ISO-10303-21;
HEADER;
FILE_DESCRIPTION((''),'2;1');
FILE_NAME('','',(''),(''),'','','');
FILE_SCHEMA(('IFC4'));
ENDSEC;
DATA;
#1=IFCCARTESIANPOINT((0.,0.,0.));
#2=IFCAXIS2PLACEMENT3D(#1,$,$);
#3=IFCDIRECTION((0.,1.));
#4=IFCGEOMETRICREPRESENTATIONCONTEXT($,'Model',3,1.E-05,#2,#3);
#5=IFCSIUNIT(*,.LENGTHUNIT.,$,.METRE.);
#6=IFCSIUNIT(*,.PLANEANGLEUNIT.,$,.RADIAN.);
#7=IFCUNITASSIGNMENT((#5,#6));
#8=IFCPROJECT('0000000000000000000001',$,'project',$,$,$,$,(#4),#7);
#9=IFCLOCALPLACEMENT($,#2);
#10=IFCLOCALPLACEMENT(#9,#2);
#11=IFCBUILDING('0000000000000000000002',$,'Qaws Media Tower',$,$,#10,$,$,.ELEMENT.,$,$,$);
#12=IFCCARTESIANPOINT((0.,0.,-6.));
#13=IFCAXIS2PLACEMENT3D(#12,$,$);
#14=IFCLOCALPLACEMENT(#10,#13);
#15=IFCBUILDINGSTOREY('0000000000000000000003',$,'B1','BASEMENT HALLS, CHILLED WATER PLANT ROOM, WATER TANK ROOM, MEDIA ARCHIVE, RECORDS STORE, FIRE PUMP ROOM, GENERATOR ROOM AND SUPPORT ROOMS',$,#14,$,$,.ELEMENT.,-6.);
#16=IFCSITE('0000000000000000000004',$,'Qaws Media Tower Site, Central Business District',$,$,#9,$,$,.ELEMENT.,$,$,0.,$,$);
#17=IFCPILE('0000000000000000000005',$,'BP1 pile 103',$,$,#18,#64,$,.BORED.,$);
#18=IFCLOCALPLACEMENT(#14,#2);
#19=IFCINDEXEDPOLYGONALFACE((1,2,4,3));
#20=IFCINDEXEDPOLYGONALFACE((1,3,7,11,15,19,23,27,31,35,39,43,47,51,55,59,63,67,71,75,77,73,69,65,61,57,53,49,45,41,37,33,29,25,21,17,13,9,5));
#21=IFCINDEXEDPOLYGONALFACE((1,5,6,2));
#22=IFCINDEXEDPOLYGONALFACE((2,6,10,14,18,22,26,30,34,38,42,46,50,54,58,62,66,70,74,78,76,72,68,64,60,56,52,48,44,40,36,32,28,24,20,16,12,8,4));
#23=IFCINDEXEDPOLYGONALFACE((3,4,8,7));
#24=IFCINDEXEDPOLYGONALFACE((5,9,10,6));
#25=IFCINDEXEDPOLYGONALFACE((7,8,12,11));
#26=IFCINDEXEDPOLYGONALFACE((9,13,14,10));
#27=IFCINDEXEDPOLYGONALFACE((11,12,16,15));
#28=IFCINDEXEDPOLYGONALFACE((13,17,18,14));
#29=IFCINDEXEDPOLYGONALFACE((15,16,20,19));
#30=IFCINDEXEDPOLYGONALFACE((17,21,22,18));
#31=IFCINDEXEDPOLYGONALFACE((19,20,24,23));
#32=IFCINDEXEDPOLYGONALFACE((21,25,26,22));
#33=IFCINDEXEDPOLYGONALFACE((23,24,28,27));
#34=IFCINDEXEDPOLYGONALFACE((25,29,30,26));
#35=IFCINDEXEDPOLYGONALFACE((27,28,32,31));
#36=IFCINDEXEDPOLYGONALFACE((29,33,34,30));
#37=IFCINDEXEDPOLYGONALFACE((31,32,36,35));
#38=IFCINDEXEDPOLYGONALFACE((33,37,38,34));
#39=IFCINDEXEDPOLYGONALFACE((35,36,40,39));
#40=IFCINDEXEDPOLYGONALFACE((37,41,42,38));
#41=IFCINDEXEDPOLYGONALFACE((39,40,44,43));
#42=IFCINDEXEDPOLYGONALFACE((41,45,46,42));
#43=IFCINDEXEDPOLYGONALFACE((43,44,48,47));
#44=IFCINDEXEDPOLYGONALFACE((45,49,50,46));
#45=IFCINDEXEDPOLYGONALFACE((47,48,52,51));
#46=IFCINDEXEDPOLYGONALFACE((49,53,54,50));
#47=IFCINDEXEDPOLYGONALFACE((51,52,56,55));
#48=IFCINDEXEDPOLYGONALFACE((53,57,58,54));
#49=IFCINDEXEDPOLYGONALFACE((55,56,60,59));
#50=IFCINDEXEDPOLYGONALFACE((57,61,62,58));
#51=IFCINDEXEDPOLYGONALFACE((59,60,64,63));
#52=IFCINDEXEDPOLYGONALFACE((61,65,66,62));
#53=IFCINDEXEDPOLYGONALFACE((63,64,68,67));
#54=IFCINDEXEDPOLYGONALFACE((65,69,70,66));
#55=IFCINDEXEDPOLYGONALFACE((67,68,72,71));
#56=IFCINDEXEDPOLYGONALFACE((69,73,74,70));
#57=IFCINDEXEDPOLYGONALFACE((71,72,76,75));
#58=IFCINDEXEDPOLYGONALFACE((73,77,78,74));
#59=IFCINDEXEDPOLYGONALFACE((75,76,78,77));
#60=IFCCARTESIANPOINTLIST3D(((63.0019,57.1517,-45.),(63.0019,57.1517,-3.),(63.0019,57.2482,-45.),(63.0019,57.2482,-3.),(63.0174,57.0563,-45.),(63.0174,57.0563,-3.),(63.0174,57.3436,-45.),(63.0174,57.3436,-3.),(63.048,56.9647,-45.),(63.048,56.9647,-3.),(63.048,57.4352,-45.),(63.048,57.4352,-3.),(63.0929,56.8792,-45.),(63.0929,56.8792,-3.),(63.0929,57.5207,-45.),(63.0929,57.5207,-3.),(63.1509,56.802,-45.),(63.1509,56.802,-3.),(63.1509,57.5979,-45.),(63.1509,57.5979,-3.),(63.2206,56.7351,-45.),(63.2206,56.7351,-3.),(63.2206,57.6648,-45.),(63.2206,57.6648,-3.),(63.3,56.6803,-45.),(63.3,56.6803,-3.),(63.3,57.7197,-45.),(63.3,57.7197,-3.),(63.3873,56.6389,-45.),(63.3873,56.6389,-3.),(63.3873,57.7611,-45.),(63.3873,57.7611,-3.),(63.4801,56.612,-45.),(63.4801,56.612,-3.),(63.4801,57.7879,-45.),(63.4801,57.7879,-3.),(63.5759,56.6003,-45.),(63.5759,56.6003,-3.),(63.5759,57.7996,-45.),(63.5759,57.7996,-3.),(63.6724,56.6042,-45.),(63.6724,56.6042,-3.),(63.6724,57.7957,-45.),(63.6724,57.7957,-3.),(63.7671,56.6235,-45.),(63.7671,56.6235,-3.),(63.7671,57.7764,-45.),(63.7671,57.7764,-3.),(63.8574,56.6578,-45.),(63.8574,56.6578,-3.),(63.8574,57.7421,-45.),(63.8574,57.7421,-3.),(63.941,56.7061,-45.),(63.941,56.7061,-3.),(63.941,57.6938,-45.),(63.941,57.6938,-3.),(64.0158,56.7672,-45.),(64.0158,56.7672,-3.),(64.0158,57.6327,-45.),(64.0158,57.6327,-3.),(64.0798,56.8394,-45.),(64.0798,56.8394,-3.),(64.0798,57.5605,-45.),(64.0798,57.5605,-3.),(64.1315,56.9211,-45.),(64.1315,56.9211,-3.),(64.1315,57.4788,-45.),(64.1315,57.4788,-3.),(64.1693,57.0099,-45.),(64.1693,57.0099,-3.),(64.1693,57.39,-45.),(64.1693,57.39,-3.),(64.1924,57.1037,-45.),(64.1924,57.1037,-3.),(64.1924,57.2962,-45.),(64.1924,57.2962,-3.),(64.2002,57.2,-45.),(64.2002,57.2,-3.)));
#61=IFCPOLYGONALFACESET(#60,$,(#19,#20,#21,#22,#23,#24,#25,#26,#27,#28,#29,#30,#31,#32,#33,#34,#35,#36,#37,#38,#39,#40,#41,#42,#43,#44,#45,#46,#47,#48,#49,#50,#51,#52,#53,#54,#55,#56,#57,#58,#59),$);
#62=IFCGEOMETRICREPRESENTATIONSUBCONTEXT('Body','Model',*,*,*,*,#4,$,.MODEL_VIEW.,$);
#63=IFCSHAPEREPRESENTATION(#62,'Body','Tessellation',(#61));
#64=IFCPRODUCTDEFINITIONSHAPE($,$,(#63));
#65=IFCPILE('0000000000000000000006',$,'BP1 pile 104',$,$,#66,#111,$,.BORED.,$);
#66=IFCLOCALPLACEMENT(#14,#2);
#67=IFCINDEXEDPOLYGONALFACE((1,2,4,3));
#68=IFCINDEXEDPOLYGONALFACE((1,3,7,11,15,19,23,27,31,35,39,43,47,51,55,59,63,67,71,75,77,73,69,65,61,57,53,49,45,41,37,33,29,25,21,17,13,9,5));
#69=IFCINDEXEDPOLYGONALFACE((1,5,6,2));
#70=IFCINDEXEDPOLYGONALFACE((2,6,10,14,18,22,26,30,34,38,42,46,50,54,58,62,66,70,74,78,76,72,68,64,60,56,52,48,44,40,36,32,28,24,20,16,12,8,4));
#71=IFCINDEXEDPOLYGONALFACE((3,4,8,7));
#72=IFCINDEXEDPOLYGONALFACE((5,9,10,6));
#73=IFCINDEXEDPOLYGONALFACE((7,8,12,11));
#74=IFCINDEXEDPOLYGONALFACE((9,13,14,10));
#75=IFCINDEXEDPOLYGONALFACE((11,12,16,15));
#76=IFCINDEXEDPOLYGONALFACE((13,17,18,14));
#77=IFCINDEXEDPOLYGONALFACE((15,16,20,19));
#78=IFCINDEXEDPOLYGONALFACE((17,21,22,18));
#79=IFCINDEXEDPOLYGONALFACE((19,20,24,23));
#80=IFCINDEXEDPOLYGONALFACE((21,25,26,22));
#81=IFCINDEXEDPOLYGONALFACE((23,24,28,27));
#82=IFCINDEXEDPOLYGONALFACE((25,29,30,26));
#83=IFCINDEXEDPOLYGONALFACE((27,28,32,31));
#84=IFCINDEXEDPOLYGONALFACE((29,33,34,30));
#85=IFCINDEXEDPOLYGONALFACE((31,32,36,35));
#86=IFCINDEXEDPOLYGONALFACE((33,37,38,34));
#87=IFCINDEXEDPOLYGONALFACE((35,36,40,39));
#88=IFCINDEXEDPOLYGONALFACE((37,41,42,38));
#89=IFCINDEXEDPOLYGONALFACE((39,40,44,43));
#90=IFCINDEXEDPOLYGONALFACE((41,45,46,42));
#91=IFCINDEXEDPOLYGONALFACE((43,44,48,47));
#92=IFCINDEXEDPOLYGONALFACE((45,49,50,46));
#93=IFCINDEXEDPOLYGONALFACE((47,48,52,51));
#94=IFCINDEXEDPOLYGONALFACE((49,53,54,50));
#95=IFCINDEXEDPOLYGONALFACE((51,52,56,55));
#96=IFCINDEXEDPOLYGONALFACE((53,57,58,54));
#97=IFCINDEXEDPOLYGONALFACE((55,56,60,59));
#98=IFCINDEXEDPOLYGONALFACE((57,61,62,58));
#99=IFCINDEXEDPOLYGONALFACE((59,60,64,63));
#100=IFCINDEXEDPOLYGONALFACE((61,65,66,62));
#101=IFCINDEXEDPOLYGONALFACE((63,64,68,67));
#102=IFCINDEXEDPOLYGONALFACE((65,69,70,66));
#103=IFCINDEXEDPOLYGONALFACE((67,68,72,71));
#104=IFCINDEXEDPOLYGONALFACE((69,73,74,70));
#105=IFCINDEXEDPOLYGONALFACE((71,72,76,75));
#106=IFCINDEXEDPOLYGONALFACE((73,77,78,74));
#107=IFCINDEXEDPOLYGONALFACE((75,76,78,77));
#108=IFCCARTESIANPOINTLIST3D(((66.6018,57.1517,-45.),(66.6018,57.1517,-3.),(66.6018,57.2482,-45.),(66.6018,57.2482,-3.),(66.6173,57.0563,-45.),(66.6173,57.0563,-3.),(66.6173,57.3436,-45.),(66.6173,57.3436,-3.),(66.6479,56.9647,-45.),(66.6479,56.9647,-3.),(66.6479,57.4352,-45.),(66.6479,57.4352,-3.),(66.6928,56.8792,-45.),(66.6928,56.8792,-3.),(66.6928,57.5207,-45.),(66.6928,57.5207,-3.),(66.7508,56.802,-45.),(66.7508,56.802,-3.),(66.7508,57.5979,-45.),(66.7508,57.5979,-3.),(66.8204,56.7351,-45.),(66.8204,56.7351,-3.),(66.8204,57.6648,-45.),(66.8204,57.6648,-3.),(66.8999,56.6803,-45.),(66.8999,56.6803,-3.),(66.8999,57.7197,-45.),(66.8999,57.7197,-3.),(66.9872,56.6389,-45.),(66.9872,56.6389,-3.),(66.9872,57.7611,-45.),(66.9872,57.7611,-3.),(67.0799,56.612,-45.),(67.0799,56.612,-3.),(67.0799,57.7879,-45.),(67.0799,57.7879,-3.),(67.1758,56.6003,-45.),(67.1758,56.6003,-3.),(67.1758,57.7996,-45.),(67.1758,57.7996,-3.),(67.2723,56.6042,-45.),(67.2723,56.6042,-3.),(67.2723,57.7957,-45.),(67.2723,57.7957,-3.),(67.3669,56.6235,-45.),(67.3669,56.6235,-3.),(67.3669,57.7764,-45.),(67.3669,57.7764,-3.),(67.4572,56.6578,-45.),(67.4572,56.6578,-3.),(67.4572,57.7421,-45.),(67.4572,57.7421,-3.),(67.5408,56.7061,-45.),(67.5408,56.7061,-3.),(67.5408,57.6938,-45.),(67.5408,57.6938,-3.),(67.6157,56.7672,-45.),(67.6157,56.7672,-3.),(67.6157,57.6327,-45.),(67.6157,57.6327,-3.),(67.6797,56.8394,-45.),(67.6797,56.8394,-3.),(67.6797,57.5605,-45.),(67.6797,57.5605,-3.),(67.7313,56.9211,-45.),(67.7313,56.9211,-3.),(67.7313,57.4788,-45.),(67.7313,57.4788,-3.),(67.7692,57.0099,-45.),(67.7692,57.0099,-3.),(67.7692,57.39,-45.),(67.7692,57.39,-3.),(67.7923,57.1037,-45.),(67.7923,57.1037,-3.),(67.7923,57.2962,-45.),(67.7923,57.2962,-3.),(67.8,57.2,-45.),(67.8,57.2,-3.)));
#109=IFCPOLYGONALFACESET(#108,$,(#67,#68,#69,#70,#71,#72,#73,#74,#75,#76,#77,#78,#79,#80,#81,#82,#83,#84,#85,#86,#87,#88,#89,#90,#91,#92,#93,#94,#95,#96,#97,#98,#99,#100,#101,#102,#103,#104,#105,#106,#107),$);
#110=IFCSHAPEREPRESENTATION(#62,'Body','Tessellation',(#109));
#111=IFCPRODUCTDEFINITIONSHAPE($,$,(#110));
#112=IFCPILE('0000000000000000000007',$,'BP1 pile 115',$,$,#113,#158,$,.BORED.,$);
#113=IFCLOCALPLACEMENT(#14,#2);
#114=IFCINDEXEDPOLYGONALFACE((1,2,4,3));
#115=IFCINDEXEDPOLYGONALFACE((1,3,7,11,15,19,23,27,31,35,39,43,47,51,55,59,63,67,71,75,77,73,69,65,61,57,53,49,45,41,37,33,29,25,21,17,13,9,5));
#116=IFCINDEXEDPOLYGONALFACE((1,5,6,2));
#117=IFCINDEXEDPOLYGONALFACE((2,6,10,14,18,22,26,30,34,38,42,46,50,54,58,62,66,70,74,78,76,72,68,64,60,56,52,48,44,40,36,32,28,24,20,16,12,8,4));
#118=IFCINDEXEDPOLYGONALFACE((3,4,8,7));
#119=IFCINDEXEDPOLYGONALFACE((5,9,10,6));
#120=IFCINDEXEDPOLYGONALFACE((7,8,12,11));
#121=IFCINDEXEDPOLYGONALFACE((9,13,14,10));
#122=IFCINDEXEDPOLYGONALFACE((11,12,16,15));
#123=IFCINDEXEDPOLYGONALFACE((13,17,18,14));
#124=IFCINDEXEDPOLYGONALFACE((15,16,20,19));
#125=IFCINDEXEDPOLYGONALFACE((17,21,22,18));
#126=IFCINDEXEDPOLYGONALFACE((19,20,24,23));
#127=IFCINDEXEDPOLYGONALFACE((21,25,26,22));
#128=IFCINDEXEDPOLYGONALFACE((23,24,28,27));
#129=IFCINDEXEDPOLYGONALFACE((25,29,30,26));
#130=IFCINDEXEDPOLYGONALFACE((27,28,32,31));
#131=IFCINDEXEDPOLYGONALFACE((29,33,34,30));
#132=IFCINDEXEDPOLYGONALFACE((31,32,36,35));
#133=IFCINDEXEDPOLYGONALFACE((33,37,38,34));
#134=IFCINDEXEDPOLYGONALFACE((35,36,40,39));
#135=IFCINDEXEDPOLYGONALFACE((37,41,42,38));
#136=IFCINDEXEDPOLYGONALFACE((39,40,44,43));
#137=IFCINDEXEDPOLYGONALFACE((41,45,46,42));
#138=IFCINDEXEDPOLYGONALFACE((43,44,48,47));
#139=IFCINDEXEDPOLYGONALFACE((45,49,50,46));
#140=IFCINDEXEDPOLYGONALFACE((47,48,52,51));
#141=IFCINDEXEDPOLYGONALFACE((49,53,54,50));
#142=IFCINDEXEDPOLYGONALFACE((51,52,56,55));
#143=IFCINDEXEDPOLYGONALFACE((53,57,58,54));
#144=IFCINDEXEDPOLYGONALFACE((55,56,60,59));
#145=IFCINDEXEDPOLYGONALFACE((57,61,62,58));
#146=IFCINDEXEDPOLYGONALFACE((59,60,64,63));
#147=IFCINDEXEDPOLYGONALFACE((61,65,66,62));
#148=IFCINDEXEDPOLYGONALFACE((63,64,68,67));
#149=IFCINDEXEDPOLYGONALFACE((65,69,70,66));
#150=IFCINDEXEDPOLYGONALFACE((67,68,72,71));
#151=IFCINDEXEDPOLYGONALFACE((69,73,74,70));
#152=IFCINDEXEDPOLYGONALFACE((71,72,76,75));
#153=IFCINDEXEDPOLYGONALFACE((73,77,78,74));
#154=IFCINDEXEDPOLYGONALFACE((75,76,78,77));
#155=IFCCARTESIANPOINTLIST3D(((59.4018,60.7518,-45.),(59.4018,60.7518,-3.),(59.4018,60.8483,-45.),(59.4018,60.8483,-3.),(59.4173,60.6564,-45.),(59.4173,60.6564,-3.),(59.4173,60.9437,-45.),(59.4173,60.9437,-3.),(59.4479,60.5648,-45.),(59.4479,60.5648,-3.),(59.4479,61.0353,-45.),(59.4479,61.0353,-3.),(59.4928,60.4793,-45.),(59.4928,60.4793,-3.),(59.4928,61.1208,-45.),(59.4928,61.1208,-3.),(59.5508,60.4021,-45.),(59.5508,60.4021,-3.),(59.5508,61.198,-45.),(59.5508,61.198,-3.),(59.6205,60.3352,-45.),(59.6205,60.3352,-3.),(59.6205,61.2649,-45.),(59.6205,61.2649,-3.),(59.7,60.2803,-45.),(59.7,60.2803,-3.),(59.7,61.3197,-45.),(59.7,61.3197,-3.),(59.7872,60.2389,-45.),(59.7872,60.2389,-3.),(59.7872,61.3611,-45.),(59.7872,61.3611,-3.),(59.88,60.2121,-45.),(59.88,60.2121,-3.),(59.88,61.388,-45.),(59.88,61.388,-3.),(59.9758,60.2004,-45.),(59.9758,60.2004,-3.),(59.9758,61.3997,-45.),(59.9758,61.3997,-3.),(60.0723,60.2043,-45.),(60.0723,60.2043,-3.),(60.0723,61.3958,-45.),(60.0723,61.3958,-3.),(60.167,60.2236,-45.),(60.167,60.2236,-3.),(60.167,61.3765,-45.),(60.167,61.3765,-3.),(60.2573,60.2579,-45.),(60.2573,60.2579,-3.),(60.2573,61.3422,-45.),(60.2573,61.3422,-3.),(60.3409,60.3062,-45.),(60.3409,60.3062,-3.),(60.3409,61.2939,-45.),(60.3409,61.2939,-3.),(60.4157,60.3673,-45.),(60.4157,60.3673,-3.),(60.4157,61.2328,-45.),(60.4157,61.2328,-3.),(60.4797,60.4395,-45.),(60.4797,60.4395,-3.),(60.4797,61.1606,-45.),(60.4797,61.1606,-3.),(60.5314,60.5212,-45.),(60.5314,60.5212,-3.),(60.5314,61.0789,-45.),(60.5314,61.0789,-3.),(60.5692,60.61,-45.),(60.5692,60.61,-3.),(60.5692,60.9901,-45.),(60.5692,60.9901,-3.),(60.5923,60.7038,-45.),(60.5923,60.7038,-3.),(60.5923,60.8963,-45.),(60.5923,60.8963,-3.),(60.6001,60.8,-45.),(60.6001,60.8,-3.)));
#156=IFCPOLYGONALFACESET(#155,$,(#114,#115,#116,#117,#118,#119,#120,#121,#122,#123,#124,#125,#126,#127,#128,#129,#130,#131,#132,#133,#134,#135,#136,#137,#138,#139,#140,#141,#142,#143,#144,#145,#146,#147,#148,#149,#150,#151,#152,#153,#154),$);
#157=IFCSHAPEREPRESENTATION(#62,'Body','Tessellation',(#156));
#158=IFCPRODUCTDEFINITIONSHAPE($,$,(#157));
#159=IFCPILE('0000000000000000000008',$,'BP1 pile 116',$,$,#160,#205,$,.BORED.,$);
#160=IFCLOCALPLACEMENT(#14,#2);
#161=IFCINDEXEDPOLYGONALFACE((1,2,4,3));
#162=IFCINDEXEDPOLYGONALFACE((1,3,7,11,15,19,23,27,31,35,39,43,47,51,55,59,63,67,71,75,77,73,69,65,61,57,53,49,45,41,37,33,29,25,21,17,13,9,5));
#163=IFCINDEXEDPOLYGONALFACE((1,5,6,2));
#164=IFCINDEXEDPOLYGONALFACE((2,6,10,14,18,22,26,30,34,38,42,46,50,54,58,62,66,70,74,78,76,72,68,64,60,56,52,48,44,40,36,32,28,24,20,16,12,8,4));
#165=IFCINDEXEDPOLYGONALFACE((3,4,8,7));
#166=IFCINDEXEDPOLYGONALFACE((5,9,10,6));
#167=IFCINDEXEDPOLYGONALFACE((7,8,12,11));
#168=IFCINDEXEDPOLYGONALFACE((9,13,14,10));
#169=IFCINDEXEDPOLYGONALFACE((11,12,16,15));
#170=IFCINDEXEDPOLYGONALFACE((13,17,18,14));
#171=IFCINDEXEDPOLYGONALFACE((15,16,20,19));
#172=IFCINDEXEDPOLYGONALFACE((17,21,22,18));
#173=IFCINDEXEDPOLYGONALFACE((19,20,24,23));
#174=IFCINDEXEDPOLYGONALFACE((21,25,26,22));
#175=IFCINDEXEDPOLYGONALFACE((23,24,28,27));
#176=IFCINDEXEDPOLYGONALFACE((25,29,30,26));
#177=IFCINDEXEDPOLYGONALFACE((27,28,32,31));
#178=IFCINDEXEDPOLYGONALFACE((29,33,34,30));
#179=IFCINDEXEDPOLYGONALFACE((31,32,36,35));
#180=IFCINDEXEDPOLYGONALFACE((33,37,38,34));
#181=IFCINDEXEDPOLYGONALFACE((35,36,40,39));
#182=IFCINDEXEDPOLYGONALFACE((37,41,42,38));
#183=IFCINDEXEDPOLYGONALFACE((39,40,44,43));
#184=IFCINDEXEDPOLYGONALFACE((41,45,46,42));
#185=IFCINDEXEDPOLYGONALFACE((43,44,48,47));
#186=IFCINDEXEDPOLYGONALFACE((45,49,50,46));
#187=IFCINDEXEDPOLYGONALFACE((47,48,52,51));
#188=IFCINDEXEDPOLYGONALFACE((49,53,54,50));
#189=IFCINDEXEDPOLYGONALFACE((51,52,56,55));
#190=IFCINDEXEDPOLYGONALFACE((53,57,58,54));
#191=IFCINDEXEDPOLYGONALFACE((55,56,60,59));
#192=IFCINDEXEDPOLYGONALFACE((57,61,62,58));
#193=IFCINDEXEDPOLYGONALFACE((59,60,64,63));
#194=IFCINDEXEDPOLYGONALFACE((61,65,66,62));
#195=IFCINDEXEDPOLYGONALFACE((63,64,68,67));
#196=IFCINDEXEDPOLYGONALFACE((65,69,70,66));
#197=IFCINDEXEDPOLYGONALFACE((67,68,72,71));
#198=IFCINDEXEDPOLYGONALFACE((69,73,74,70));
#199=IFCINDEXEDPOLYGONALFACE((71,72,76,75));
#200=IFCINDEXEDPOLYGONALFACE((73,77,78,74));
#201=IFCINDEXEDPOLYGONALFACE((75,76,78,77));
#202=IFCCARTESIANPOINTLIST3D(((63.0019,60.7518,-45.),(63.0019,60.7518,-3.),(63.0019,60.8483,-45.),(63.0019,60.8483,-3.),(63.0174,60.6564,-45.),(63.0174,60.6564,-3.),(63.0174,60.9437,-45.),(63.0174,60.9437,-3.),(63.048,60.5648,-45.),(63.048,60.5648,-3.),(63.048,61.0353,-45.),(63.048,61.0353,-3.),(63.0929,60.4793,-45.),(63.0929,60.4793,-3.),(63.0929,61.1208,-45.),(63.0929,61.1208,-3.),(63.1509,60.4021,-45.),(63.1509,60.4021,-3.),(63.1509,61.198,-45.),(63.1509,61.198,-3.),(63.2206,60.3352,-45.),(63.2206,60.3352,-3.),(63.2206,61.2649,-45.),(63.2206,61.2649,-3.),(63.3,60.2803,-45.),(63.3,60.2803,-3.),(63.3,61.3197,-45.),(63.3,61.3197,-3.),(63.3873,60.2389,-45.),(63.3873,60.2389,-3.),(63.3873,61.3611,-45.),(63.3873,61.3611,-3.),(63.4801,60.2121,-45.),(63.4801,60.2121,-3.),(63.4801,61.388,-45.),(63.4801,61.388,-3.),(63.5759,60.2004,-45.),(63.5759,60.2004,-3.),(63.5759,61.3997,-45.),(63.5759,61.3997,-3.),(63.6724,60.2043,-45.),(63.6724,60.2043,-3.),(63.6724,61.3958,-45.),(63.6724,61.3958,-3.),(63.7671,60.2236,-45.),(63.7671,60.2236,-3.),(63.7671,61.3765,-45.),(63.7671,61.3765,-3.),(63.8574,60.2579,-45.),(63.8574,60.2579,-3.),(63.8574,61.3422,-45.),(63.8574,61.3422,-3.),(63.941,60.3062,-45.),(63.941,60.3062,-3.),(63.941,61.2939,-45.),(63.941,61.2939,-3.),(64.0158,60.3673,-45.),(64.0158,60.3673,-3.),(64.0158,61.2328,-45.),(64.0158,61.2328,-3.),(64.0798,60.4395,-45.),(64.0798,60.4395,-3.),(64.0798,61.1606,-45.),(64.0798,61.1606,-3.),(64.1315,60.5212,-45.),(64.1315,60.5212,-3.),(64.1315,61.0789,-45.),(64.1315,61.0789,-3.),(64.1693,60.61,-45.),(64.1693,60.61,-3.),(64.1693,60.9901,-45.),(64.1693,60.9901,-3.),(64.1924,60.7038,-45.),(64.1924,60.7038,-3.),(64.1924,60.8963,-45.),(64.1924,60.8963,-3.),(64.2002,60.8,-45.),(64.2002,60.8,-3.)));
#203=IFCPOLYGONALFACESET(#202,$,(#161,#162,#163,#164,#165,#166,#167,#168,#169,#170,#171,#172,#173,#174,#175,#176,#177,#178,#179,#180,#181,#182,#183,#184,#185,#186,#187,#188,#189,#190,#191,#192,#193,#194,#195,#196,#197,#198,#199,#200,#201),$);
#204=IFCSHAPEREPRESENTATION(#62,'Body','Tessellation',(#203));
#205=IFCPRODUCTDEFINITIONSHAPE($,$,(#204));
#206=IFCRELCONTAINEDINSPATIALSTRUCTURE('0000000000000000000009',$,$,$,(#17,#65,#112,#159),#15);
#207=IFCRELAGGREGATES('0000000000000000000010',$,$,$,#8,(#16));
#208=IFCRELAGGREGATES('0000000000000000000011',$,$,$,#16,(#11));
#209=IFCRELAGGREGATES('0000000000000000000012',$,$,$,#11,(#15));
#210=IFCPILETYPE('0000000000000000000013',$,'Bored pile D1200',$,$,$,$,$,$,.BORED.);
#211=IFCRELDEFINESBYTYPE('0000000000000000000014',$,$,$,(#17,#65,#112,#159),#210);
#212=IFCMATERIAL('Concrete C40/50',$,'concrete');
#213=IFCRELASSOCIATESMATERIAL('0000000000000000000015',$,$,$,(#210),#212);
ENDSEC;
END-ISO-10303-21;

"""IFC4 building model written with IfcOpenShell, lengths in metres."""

from ifc_helpers import new_model, si_unit, direction, frame, origin, origin_2d, place, context, subcontext, project, spatial, circle, extrude, material, material_profile, profile_set, type_object, element, save


model = new_model("IFC4")

# Units and contexts
model_context = context("Model", 3, precision=1e-05, world=origin(), true_north=direction((0.0, 1.0)))
body_context = subcontext(model_context, "Body", "Model", "MODEL_VIEW")
ifc_project = project(units=[si_unit("LENGTHUNIT", "METRE"), si_unit("PLANEANGLEUNIT", "RADIAN")], contexts=[model_context])

# Site, building, storey
site_placement = place(None, origin())
site = spatial("IfcSite", under=ifc_project, at=site_placement, Name="Qaws Media Tower Site, Central Business District", CompositionType="ELEMENT", RefElevation=0.0)
building_placement = place(site_placement, origin())
building = spatial("IfcBuilding", under=site, at=building_placement, Name="Qaws Media Tower", CompositionType="ELEMENT")
storey_placement = place(building_placement, frame((0.0, 0.0, -6.0)))
storey = spatial("IfcBuildingStorey", under=building, at=storey_placement, Name="B1", Description="BASEMENT HALLS, CHILLED WATER PLANT ROOM, WATER TANK ROOM, MEDIA ARCHIVE, RECORDS STORE, FIRE PUMP ROOM, GENERATOR ROOM AND SUPPORT ROOMS", CompositionType="ELEMENT", Elevation=-6.0)

# Piles
ifc_material_1 = material(Name="Concrete C40/50", Category="concrete")
ifc_material_profile = material_profile(ifc_material_1, circle(Radius=0.6001, at=origin_2d()), Name="D1200")
ifc_profile_set = profile_set([ifc_material_profile], Name="Concrete C40/50")
pile_type = type_object("IfcPileType", Name="Bored pile D1200", PredefinedType="BORED", material=ifc_profile_set)
for number, where, z_axis, x_axis, name in (
    (1, (63.6001, 57.2, -3.0), (0.0, 0.0, -1.0), (1.0, 0.0, 0.0), "BP1 pile 103"),
    (2, (67.2, 57.2, -3.0), (0.0, 0.0, -1.0), (1.0, 0.0, 0.0), "BP1 pile 104"),
    (3, (60.0, 60.8, -3.0), (0.0, 0.0, -1.0), (1.0, 0.0, 0.0), "BP1 pile 115"),
    (4, (63.6001, 60.8, -3.0), (0.0, 0.0, -1.0), (1.0, 0.0, 0.0), "BP1 pile 116"),
):
    element("IfcPile", number, at=place(storey_placement, frame(where, z_axis=z_axis, x_axis=x_axis)), inside=storey, type_object=pile_type, Name=name, PredefinedType="BORED", context=body_context, shape_type="SweptSolid", body=[
        extrude(circle(Radius=0.6001, at=origin_2d()), origin(), (0.0, 0.0, 1.0), 42.0),
    ])

save(model, "model.ifc")
